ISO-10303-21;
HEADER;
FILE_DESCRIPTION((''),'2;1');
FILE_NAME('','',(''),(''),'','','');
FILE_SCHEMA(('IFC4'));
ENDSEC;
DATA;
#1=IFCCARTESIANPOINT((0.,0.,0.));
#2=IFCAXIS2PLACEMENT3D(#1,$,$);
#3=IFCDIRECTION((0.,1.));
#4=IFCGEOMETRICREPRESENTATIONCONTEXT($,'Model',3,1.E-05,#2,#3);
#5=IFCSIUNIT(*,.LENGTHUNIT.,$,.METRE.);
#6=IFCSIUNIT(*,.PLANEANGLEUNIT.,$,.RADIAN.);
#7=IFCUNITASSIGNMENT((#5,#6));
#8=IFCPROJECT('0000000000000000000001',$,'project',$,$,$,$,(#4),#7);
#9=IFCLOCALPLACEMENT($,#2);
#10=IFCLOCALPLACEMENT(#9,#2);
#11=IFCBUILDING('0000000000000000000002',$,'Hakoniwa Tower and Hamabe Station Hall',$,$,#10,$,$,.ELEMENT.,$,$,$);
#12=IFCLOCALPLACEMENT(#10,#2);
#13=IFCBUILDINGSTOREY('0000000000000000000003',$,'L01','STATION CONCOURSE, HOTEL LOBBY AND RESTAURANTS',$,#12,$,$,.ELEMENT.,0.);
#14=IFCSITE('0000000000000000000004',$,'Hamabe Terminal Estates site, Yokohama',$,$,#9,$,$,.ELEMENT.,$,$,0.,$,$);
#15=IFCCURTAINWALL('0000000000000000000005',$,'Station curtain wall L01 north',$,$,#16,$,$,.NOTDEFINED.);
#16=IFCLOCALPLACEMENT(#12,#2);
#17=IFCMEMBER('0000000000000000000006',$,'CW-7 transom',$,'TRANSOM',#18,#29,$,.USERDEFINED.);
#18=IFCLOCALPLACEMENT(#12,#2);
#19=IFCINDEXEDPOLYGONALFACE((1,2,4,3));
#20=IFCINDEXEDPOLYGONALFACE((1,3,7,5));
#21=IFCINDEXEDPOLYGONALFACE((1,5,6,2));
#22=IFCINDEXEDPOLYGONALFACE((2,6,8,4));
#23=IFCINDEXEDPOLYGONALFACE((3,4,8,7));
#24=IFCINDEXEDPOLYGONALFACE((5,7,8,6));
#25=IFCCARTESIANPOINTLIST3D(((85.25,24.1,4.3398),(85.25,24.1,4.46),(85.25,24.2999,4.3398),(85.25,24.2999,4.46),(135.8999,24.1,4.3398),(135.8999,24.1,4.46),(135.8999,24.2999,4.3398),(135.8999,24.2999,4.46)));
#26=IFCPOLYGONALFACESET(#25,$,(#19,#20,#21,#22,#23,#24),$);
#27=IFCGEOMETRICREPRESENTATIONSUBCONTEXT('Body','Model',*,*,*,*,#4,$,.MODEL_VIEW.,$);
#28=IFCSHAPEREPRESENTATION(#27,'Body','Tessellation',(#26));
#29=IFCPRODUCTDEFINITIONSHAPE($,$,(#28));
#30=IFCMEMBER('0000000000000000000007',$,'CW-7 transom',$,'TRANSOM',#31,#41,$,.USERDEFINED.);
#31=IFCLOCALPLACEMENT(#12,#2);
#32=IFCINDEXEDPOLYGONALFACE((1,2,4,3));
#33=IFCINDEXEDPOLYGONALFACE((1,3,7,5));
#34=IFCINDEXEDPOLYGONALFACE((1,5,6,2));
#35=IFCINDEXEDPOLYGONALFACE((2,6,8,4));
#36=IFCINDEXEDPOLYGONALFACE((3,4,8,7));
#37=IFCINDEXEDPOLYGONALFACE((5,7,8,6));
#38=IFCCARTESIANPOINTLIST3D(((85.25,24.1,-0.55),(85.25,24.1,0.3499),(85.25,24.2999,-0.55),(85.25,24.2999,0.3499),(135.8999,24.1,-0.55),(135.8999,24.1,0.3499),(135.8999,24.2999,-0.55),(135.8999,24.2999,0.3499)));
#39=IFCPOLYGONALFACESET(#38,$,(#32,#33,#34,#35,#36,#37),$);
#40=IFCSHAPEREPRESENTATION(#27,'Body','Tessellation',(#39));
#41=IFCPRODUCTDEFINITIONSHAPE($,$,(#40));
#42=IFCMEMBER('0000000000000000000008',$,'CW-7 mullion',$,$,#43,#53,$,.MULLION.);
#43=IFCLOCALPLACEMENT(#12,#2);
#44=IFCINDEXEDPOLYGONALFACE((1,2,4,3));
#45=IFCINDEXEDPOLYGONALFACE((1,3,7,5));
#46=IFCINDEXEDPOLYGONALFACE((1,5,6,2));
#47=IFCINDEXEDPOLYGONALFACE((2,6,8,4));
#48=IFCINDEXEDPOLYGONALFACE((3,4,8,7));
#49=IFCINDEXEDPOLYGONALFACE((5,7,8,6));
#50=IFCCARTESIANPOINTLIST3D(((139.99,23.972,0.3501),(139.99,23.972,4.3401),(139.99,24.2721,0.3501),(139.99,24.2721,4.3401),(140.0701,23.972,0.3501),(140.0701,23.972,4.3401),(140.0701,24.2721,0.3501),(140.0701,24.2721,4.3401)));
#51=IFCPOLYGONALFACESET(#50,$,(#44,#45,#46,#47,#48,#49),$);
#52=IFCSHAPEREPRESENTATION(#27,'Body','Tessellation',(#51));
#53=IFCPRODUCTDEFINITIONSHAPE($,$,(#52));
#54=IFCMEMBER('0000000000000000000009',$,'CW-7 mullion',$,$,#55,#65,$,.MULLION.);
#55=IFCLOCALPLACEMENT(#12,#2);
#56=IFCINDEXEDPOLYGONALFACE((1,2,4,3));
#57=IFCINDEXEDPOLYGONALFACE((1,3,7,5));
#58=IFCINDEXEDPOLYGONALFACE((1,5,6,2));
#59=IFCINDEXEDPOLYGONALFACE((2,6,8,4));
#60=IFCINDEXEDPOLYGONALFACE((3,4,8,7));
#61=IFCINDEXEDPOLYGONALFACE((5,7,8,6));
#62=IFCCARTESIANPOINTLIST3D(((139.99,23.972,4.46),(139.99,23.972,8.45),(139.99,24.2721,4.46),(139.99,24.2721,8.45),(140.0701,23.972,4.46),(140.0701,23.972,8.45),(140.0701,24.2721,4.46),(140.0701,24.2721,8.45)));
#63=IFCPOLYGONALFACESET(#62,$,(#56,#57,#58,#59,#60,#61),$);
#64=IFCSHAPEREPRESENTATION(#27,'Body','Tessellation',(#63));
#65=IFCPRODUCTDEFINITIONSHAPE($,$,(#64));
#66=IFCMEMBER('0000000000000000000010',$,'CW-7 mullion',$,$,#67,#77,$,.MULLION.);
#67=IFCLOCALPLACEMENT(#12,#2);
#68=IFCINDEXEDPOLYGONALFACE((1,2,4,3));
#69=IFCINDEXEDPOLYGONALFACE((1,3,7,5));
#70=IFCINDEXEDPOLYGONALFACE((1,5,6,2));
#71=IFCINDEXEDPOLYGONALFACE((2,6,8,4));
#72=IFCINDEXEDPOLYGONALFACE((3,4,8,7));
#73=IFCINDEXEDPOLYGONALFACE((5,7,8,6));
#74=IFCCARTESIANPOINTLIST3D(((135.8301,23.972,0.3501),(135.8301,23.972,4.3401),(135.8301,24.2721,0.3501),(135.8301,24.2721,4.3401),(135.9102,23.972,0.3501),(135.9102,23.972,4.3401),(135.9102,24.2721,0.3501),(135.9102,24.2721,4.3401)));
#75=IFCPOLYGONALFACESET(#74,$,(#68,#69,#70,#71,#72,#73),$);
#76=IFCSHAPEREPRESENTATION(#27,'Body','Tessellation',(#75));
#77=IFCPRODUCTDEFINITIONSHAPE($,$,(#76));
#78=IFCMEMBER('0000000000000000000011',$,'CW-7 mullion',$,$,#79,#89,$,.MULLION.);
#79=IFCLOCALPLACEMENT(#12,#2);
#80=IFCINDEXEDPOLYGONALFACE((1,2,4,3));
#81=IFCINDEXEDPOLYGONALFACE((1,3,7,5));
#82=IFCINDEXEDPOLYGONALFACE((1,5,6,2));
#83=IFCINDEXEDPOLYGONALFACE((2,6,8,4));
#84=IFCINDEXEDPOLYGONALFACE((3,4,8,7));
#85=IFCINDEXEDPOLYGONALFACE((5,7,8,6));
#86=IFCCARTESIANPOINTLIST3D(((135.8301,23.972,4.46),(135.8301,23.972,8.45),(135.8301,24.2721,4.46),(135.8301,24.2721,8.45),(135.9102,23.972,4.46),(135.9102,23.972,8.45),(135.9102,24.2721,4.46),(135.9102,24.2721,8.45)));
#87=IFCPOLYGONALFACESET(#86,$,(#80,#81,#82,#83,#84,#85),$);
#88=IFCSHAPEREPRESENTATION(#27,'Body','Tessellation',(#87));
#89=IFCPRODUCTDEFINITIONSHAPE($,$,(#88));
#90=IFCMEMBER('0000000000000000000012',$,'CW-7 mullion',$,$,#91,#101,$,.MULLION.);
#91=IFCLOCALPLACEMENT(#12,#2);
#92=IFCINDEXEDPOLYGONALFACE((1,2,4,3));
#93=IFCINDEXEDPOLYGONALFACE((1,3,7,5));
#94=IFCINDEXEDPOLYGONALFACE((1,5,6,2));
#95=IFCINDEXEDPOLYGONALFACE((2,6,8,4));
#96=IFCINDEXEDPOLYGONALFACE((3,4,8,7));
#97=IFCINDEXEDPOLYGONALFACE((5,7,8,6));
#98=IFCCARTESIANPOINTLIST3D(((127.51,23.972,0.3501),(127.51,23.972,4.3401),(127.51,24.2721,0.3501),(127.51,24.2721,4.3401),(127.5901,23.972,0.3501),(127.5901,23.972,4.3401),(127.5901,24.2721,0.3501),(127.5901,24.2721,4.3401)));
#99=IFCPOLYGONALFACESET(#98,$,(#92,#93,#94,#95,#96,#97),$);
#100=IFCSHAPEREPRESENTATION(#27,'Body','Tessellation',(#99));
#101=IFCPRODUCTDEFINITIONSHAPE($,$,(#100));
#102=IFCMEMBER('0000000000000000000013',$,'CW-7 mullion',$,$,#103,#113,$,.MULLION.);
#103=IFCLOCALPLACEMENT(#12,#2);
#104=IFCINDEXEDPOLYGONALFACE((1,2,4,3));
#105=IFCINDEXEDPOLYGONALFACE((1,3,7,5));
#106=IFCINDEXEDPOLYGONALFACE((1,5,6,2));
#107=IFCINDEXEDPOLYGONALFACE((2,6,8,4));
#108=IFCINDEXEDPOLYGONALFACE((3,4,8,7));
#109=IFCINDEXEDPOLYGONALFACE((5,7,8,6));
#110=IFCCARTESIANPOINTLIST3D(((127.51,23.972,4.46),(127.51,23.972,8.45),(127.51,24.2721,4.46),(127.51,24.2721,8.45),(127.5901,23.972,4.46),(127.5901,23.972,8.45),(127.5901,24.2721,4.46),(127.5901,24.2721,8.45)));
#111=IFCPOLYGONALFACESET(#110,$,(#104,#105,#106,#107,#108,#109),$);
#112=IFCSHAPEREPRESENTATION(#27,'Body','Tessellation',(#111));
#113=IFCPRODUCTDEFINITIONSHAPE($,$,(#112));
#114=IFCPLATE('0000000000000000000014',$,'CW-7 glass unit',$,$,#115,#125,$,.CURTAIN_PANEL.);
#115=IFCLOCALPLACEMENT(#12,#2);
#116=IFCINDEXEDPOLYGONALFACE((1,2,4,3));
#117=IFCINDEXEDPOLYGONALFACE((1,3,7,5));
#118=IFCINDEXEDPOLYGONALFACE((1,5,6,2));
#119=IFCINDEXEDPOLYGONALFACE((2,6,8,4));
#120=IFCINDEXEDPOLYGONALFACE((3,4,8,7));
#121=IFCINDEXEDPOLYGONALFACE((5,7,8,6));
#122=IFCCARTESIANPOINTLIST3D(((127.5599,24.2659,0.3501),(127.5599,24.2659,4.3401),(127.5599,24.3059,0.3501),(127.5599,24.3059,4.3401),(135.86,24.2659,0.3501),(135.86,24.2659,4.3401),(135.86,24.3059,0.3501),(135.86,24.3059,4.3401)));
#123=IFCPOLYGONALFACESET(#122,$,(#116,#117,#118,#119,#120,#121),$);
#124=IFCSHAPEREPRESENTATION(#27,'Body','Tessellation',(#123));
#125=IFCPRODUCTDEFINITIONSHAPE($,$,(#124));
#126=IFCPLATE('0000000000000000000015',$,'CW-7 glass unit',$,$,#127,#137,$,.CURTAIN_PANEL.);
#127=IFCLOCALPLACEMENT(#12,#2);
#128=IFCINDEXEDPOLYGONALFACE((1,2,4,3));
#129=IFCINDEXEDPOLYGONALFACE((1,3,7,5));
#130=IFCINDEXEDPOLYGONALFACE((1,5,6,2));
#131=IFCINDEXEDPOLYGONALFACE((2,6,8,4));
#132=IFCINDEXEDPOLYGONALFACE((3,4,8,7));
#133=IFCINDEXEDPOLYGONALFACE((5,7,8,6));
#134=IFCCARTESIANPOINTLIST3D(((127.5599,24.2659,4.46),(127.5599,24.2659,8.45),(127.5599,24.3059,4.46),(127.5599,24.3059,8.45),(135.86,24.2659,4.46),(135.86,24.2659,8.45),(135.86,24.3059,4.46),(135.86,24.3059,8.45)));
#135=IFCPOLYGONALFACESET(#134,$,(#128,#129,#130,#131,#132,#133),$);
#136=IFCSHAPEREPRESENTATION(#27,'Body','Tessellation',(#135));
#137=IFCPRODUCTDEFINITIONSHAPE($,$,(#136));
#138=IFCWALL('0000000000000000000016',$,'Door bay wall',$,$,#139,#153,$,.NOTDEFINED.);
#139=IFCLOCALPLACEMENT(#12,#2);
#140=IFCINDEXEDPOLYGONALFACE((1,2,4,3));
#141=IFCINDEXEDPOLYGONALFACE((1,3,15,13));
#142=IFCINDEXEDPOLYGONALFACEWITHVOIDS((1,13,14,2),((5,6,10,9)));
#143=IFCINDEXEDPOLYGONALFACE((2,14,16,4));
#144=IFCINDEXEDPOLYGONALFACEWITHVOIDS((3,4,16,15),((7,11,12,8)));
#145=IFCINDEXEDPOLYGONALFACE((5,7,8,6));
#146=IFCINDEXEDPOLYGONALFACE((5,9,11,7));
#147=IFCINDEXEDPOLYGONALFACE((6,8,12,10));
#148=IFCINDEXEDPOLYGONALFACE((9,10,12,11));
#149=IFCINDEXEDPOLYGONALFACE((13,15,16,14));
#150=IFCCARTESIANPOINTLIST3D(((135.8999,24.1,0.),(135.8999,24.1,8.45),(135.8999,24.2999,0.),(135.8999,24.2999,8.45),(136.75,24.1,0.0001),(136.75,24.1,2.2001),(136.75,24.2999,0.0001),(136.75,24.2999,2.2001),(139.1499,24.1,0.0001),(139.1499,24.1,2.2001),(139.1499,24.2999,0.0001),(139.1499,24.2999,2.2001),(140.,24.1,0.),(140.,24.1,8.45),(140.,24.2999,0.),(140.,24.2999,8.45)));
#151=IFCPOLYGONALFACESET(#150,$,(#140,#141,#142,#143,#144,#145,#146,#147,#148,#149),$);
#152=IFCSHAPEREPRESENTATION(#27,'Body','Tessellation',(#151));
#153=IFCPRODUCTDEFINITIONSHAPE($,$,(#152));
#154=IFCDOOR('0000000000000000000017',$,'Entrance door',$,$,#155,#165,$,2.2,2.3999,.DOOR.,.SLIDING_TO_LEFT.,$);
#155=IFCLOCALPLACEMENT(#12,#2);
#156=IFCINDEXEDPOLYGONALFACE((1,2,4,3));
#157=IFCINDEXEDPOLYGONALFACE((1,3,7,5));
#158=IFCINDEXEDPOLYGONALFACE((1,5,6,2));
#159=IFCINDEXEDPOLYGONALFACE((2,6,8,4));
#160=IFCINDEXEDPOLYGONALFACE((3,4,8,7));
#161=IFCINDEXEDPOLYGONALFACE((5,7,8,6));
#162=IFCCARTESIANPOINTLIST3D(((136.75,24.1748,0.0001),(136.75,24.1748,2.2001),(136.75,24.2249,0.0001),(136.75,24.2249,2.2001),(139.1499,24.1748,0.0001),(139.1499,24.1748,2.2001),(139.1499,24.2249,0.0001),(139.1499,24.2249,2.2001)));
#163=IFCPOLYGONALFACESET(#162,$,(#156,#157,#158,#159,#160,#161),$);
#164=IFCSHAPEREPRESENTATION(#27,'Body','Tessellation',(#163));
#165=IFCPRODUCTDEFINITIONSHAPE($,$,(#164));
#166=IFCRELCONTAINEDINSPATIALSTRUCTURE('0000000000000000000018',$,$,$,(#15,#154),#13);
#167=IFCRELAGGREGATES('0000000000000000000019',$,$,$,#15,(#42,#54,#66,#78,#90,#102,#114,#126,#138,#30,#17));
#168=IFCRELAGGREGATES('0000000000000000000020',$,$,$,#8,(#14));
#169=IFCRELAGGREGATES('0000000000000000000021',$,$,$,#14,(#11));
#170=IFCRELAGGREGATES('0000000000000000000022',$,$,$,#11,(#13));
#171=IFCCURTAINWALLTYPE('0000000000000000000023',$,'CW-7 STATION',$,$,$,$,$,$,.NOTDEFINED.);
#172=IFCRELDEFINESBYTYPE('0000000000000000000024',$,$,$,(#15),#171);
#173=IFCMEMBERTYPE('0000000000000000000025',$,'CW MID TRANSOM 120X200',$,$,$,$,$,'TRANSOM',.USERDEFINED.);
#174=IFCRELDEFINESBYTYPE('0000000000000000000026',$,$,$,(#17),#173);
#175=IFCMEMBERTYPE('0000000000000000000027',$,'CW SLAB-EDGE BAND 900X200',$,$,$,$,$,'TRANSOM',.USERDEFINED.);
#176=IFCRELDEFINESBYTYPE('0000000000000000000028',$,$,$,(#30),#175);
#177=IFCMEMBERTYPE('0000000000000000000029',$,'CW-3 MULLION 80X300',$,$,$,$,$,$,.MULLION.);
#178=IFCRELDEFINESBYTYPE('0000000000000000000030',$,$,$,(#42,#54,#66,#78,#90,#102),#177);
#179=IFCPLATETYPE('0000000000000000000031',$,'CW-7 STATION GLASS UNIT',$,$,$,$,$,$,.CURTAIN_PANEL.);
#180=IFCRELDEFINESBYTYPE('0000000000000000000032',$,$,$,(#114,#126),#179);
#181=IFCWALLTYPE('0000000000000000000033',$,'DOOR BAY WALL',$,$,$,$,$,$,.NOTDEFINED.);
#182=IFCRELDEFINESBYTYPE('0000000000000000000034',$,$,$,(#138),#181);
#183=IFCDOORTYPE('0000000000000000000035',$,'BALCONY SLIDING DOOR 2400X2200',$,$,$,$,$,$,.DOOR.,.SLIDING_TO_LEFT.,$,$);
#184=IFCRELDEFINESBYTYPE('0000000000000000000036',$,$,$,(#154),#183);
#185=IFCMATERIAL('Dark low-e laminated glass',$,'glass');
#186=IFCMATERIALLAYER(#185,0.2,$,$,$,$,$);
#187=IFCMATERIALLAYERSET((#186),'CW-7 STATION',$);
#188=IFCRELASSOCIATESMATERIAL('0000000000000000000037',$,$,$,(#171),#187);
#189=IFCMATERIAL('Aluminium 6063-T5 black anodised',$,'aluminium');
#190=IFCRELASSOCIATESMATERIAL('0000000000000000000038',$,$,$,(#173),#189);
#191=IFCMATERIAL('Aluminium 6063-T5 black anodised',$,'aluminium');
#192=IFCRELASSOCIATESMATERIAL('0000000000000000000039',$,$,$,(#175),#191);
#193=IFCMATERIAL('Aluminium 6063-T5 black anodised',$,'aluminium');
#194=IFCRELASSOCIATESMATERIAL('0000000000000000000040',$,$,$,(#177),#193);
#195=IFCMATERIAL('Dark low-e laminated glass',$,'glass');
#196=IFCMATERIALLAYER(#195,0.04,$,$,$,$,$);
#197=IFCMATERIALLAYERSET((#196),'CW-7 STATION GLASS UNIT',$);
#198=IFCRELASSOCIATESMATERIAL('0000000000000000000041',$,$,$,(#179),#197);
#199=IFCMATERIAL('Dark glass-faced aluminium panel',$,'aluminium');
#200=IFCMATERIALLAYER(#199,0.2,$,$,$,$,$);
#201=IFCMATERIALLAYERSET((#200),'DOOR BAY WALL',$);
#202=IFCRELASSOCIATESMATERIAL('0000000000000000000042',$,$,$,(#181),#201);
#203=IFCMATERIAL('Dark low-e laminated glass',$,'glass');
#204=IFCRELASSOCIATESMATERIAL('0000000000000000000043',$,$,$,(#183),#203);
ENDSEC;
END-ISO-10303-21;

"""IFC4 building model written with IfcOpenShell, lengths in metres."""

from ifc_helpers import new_model, si_unit, direction, frame, frame_2d, origin, origin_2d, place, context, subcontext, project, spatial, rectangle, extrude, material, layer, layer_set, material_profile, profile_set, type_object, element, fill, aggregate, save


model = new_model("IFC4")

# Units and contexts
model_context = context("Model", 3, precision=1e-05, world=origin(), true_north=direction((0.0, 1.0)))
body_context = subcontext(model_context, "Body", "Model", "MODEL_VIEW")
ifc_project = project(units=[si_unit("LENGTHUNIT", "METRE"), si_unit("PLANEANGLEUNIT", "RADIAN")], contexts=[model_context])

# Site, building, storey
site_placement = place(None, origin())
site = spatial("IfcSite", under=ifc_project, at=site_placement, Name="Hamabe Terminal Estates site, Yokohama", CompositionType="ELEMENT", RefElevation=0.0)
building_placement = place(site_placement, origin())
building = spatial("IfcBuilding", under=site, at=building_placement, Name="Hakoniwa Tower and Hamabe Station Hall", CompositionType="ELEMENT")
storey_placement = place(building_placement, origin())
storey = spatial("IfcBuildingStorey", under=building, at=storey_placement, Name="L01", Description="STATION CONCOURSE, HOTEL LOBBY AND RESTAURANTS", CompositionType="ELEMENT", Elevation=0.0)

# Curtain wall, members, plates, wall, opening, door
ifc_material_1 = material(Name="Dark low-e laminated glass", Category="glass")
ifc_layer_1 = layer(ifc_material_1, 0.2)
ifc_layer_set_1 = layer_set([ifc_layer_1], Name="CW-7 STATION")
curtain_wall_type = type_object("IfcCurtainWallType", Name="CW-7 STATION", PredefinedType="NOTDEFINED", material=ifc_layer_set_1)
curtain_wall_placement = place(storey_placement, origin())
curtain_wall = element("IfcCurtainWall", 1, at=curtain_wall_placement, inside=storey, type_object=curtain_wall_type, Name="Station curtain wall L01 north", PredefinedType="NOTDEFINED")
ifc_material_2 = material(Name="Aluminium 6063-T5 black anodised", Category="aluminium")
ifc_material_profile_1 = material_profile(ifc_material_2, rectangle(XDim=0.2, YDim=0.1201, at=origin_2d()), Name="CW MID TRANSOM 120X200")
ifc_profile_set_1 = profile_set([ifc_material_profile_1], Name="Aluminium 6063-T5 black anodised")
member_type_1 = type_object("IfcMemberType", Name="CW MID TRANSOM 120X200", ElementType="TRANSOM", PredefinedType="USERDEFINED", material=ifc_profile_set_1)
member_1_placement = place(storey_placement, frame((135.8999, 24.2, 4.3999), z_axis=(-1.0, 0.0, 0.0), x_axis=(0.0, -1.0, 0.0)))
member_1 = element("IfcMember", 2, at=member_1_placement, type_object=member_type_1, Name="CW-7 transom", ObjectType="TRANSOM", PredefinedType="USERDEFINED", context=body_context, shape_type="SweptSolid", body=[
    extrude(rectangle(XDim=0.2, YDim=0.1201, at=origin_2d()), origin(), (0.0, 0.0, 1.0), 50.6499),
])
ifc_material_3 = material(Name="Aluminium 6063-T5 black anodised", Category="aluminium")
ifc_material_profile_2 = material_profile(ifc_material_3, rectangle(XDim=0.2, YDim=0.8999, at=origin_2d()), Name="CW SLAB-EDGE BAND 900X200")
ifc_profile_set_2 = profile_set([ifc_material_profile_2], Name="Aluminium 6063-T5 black anodised")
member_type_2 = type_object("IfcMemberType", Name="CW SLAB-EDGE BAND 900X200", ElementType="TRANSOM", PredefinedType="USERDEFINED", material=ifc_profile_set_2)
member_2_placement = place(storey_placement, frame((135.8999, 24.2, -0.1001), z_axis=(-1.0, 0.0, 0.0), x_axis=(0.0, -1.0, 0.0)))
member_2 = element("IfcMember", 3, at=member_2_placement, type_object=member_type_2, Name="CW-7 transom", ObjectType="TRANSOM", PredefinedType="USERDEFINED", context=body_context, shape_type="SweptSolid", body=[
    extrude(rectangle(XDim=0.2, YDim=0.8999, at=origin_2d()), origin(), (0.0, 0.0, 1.0), 50.6499),
])
ifc_material_4 = material(Name="Aluminium 6063-T5 black anodised", Category="aluminium")
ifc_material_profile_3 = material_profile(ifc_material_4, rectangle(XDim=0.0801, YDim=0.3, at=origin_2d()), Name="CW-3 MULLION 80X300")
ifc_profile_set_3 = profile_set([ifc_material_profile_3], Name="Aluminium 6063-T5 black anodised")
member_type_3 = type_object("IfcMemberType", Name="CW-3 MULLION 80X300", PredefinedType="MULLION", material=ifc_profile_set_3)
member_3_placement = place(storey_placement, frame((140.03, 24.1221, 0.3501), z_axis=(0.0, 0.0, 1.0), x_axis=(-1.0, 0.0, 0.0)))
member_3 = element("IfcMember", 4, at=member_3_placement, type_object=member_type_3, Name="CW-7 mullion", PredefinedType="MULLION", context=body_context, shape_type="SweptSolid", body=[
    extrude(rectangle(XDim=0.0801, YDim=0.3, at=origin_2d()), origin(), (0.0, 0.0, 1.0), 3.99),
])
member_4_placement = place(storey_placement, frame((140.03, 24.1221, 4.46), z_axis=(0.0, 0.0, 1.0), x_axis=(-1.0, 0.0, 0.0)))
member_4 = element("IfcMember", 5, at=member_4_placement, type_object=member_type_3, Name="CW-7 mullion", PredefinedType="MULLION", context=body_context, shape_type="SweptSolid", body=[
    extrude(rectangle(XDim=0.0801, YDim=0.3, at=origin_2d()), origin(), (0.0, 0.0, 1.0), 3.99),
])
member_5_placement = place(storey_placement, frame((135.8701, 24.1221, 0.3501), z_axis=(0.0, 0.0, 1.0), x_axis=(-1.0, 0.0, 0.0)))
member_5 = element("IfcMember", 6, at=member_5_placement, type_object=member_type_3, Name="CW-7 mullion", PredefinedType="MULLION", context=body_context, shape_type="SweptSolid", body=[
    extrude(rectangle(XDim=0.0801, YDim=0.3, at=origin_2d()), origin(), (0.0, 0.0, 1.0), 3.99),
])
member_6_placement = place(storey_placement, frame((135.8701, 24.1221, 4.46), z_axis=(0.0, 0.0, 1.0), x_axis=(-1.0, 0.0, 0.0)))
member_6 = element("IfcMember", 7, at=member_6_placement, type_object=member_type_3, Name="CW-7 mullion", PredefinedType="MULLION", context=body_context, shape_type="SweptSolid", body=[
    extrude(rectangle(XDim=0.0801, YDim=0.3, at=origin_2d()), origin(), (0.0, 0.0, 1.0), 3.99),
])
member_7_placement = place(storey_placement, frame((127.55, 24.1221, 0.3501), z_axis=(0.0, 0.0, 1.0), x_axis=(-1.0, 0.0, 0.0)))
member_7 = element("IfcMember", 8, at=member_7_placement, type_object=member_type_3, Name="CW-7 mullion", PredefinedType="MULLION", context=body_context, shape_type="SweptSolid", body=[
    extrude(rectangle(XDim=0.0801, YDim=0.3, at=origin_2d()), origin(), (0.0, 0.0, 1.0), 3.99),
])
member_8_placement = place(storey_placement, frame((127.55, 24.1221, 4.46), z_axis=(0.0, 0.0, 1.0), x_axis=(-1.0, 0.0, 0.0)))
member_8 = element("IfcMember", 9, at=member_8_placement, type_object=member_type_3, Name="CW-7 mullion", PredefinedType="MULLION", context=body_context, shape_type="SweptSolid", body=[
    extrude(rectangle(XDim=0.0801, YDim=0.3, at=origin_2d()), origin(), (0.0, 0.0, 1.0), 3.99),
])
ifc_material_5 = material(Name="Dark low-e laminated glass", Category="glass")
ifc_layer_2 = layer(ifc_material_5, 0.04)
ifc_layer_set_2 = layer_set([ifc_layer_2], Name="CW-7 STATION GLASS UNIT")
plate_type = type_object("IfcPlateType", Name="CW-7 STATION GLASS UNIT", PredefinedType="CURTAIN_PANEL", material=ifc_layer_set_2)
plate_1_placement = place(storey_placement, frame((131.71, 24.2859, 0.3501), z_axis=(0.0, 0.0, 1.0), x_axis=(-1.0, 0.0, 0.0)))
plate_1 = element("IfcPlate", 10, at=plate_1_placement, type_object=plate_type, Name="CW-7 glass unit", PredefinedType="CURTAIN_PANEL", context=body_context, shape_type="SweptSolid", body=[
    extrude(rectangle(XDim=8.3, YDim=0.04, at=origin_2d()), origin(), (0.0, 0.0, 1.0), 3.99),
])
plate_2_placement = place(storey_placement, frame((131.71, 24.2859, 4.46), z_axis=(0.0, 0.0, 1.0), x_axis=(-1.0, 0.0, 0.0)))
plate_2 = element("IfcPlate", 11, at=plate_2_placement, type_object=plate_type, Name="CW-7 glass unit", PredefinedType="CURTAIN_PANEL", context=body_context, shape_type="SweptSolid", body=[
    extrude(rectangle(XDim=8.3, YDim=0.04, at=origin_2d()), origin(), (0.0, 0.0, 1.0), 3.99),
])
ifc_material_6 = material(Name="Dark glass-faced aluminium panel", Category="aluminium")
ifc_layer_3 = layer(ifc_material_6, 0.2)
ifc_layer_set_3 = layer_set([ifc_layer_3], Name="DOOR BAY WALL")
wall_type_1 = type_object("IfcWallType", Name="DOOR BAY WALL", PredefinedType="NOTDEFINED", material=ifc_layer_set_3)
wall_1_placement = place(storey_placement, frame((140.0, 24.2, 0.0), z_axis=(0.0, 0.0, 1.0), x_axis=(-1.0, 0.0, 0.0)))
wall_1 = element("IfcWall", 12, at=wall_1_placement, type_object=wall_type_1, Name="Door bay wall", PredefinedType="NOTDEFINED", context=body_context, shape_type="SweptSolid", body=[
    extrude(rectangle(XDim=4.1001, YDim=0.2, at=frame_2d((2.05, 0.0))), origin(), (0.0, 0.0, 1.0), 8.45),
])
opening_1_placement = place(wall_1_placement, frame((0.8501, 0.0, 0.0)))
opening_1 = element("IfcOpeningElement", 13, at=opening_1_placement, cuts=wall_1, PredefinedType="OPENING", context=body_context, shape_type="SweptSolid", body=[
    extrude(rectangle(XDim=2.3999, YDim=2.2, at=frame_2d((1.2, 1.1001))), frame((0.0, 0.1099, 0.0), z_axis=(0.0, -1.0, 0.0), x_axis=(1.0, 0.0, 0.0)), (0.0, 0.0, 1.0), 0.22),
])
ifc_material_7 = material(Name="Dark low-e laminated glass", Category="glass")
door_type_1 = type_object("IfcDoorType", Name="BALCONY SLIDING DOOR 2400X2200", OperationType="SLIDING_TO_LEFT", PredefinedType="DOOR", material=ifc_material_7)
door_1_placement = place(opening_1_placement, frame((2.3999, 0.0, 0.0), z_axis=(0.0, 0.0, 1.0), x_axis=(-1.0, 0.0, 0.0)))
door_1 = element("IfcDoor", 14, at=door_1_placement, inside=storey, type_object=door_type_1, Name="Entrance door", OperationType="SLIDING_TO_LEFT", OverallHeight=2.2, OverallWidth=2.3999, PredefinedType="DOOR", context=body_context, shape_type="SweptSolid", body=[
    extrude(rectangle(XDim=2.3999, YDim=2.2, at=frame_2d((1.2, 1.1001))), frame((0.0, 0.0249, 0.0), z_axis=(0.0, -1.0, 0.0), x_axis=(1.0, 0.0, 0.0)), (0.0, 0.0, 1.0), 0.05),
])
fill(opening_1, door_1)
aggregate(curtain_wall, [member_3, member_4, member_5, member_6, member_7, member_8, plate_1, plate_2, wall_1, member_2, member_1])

save(model, "model.ifc")
